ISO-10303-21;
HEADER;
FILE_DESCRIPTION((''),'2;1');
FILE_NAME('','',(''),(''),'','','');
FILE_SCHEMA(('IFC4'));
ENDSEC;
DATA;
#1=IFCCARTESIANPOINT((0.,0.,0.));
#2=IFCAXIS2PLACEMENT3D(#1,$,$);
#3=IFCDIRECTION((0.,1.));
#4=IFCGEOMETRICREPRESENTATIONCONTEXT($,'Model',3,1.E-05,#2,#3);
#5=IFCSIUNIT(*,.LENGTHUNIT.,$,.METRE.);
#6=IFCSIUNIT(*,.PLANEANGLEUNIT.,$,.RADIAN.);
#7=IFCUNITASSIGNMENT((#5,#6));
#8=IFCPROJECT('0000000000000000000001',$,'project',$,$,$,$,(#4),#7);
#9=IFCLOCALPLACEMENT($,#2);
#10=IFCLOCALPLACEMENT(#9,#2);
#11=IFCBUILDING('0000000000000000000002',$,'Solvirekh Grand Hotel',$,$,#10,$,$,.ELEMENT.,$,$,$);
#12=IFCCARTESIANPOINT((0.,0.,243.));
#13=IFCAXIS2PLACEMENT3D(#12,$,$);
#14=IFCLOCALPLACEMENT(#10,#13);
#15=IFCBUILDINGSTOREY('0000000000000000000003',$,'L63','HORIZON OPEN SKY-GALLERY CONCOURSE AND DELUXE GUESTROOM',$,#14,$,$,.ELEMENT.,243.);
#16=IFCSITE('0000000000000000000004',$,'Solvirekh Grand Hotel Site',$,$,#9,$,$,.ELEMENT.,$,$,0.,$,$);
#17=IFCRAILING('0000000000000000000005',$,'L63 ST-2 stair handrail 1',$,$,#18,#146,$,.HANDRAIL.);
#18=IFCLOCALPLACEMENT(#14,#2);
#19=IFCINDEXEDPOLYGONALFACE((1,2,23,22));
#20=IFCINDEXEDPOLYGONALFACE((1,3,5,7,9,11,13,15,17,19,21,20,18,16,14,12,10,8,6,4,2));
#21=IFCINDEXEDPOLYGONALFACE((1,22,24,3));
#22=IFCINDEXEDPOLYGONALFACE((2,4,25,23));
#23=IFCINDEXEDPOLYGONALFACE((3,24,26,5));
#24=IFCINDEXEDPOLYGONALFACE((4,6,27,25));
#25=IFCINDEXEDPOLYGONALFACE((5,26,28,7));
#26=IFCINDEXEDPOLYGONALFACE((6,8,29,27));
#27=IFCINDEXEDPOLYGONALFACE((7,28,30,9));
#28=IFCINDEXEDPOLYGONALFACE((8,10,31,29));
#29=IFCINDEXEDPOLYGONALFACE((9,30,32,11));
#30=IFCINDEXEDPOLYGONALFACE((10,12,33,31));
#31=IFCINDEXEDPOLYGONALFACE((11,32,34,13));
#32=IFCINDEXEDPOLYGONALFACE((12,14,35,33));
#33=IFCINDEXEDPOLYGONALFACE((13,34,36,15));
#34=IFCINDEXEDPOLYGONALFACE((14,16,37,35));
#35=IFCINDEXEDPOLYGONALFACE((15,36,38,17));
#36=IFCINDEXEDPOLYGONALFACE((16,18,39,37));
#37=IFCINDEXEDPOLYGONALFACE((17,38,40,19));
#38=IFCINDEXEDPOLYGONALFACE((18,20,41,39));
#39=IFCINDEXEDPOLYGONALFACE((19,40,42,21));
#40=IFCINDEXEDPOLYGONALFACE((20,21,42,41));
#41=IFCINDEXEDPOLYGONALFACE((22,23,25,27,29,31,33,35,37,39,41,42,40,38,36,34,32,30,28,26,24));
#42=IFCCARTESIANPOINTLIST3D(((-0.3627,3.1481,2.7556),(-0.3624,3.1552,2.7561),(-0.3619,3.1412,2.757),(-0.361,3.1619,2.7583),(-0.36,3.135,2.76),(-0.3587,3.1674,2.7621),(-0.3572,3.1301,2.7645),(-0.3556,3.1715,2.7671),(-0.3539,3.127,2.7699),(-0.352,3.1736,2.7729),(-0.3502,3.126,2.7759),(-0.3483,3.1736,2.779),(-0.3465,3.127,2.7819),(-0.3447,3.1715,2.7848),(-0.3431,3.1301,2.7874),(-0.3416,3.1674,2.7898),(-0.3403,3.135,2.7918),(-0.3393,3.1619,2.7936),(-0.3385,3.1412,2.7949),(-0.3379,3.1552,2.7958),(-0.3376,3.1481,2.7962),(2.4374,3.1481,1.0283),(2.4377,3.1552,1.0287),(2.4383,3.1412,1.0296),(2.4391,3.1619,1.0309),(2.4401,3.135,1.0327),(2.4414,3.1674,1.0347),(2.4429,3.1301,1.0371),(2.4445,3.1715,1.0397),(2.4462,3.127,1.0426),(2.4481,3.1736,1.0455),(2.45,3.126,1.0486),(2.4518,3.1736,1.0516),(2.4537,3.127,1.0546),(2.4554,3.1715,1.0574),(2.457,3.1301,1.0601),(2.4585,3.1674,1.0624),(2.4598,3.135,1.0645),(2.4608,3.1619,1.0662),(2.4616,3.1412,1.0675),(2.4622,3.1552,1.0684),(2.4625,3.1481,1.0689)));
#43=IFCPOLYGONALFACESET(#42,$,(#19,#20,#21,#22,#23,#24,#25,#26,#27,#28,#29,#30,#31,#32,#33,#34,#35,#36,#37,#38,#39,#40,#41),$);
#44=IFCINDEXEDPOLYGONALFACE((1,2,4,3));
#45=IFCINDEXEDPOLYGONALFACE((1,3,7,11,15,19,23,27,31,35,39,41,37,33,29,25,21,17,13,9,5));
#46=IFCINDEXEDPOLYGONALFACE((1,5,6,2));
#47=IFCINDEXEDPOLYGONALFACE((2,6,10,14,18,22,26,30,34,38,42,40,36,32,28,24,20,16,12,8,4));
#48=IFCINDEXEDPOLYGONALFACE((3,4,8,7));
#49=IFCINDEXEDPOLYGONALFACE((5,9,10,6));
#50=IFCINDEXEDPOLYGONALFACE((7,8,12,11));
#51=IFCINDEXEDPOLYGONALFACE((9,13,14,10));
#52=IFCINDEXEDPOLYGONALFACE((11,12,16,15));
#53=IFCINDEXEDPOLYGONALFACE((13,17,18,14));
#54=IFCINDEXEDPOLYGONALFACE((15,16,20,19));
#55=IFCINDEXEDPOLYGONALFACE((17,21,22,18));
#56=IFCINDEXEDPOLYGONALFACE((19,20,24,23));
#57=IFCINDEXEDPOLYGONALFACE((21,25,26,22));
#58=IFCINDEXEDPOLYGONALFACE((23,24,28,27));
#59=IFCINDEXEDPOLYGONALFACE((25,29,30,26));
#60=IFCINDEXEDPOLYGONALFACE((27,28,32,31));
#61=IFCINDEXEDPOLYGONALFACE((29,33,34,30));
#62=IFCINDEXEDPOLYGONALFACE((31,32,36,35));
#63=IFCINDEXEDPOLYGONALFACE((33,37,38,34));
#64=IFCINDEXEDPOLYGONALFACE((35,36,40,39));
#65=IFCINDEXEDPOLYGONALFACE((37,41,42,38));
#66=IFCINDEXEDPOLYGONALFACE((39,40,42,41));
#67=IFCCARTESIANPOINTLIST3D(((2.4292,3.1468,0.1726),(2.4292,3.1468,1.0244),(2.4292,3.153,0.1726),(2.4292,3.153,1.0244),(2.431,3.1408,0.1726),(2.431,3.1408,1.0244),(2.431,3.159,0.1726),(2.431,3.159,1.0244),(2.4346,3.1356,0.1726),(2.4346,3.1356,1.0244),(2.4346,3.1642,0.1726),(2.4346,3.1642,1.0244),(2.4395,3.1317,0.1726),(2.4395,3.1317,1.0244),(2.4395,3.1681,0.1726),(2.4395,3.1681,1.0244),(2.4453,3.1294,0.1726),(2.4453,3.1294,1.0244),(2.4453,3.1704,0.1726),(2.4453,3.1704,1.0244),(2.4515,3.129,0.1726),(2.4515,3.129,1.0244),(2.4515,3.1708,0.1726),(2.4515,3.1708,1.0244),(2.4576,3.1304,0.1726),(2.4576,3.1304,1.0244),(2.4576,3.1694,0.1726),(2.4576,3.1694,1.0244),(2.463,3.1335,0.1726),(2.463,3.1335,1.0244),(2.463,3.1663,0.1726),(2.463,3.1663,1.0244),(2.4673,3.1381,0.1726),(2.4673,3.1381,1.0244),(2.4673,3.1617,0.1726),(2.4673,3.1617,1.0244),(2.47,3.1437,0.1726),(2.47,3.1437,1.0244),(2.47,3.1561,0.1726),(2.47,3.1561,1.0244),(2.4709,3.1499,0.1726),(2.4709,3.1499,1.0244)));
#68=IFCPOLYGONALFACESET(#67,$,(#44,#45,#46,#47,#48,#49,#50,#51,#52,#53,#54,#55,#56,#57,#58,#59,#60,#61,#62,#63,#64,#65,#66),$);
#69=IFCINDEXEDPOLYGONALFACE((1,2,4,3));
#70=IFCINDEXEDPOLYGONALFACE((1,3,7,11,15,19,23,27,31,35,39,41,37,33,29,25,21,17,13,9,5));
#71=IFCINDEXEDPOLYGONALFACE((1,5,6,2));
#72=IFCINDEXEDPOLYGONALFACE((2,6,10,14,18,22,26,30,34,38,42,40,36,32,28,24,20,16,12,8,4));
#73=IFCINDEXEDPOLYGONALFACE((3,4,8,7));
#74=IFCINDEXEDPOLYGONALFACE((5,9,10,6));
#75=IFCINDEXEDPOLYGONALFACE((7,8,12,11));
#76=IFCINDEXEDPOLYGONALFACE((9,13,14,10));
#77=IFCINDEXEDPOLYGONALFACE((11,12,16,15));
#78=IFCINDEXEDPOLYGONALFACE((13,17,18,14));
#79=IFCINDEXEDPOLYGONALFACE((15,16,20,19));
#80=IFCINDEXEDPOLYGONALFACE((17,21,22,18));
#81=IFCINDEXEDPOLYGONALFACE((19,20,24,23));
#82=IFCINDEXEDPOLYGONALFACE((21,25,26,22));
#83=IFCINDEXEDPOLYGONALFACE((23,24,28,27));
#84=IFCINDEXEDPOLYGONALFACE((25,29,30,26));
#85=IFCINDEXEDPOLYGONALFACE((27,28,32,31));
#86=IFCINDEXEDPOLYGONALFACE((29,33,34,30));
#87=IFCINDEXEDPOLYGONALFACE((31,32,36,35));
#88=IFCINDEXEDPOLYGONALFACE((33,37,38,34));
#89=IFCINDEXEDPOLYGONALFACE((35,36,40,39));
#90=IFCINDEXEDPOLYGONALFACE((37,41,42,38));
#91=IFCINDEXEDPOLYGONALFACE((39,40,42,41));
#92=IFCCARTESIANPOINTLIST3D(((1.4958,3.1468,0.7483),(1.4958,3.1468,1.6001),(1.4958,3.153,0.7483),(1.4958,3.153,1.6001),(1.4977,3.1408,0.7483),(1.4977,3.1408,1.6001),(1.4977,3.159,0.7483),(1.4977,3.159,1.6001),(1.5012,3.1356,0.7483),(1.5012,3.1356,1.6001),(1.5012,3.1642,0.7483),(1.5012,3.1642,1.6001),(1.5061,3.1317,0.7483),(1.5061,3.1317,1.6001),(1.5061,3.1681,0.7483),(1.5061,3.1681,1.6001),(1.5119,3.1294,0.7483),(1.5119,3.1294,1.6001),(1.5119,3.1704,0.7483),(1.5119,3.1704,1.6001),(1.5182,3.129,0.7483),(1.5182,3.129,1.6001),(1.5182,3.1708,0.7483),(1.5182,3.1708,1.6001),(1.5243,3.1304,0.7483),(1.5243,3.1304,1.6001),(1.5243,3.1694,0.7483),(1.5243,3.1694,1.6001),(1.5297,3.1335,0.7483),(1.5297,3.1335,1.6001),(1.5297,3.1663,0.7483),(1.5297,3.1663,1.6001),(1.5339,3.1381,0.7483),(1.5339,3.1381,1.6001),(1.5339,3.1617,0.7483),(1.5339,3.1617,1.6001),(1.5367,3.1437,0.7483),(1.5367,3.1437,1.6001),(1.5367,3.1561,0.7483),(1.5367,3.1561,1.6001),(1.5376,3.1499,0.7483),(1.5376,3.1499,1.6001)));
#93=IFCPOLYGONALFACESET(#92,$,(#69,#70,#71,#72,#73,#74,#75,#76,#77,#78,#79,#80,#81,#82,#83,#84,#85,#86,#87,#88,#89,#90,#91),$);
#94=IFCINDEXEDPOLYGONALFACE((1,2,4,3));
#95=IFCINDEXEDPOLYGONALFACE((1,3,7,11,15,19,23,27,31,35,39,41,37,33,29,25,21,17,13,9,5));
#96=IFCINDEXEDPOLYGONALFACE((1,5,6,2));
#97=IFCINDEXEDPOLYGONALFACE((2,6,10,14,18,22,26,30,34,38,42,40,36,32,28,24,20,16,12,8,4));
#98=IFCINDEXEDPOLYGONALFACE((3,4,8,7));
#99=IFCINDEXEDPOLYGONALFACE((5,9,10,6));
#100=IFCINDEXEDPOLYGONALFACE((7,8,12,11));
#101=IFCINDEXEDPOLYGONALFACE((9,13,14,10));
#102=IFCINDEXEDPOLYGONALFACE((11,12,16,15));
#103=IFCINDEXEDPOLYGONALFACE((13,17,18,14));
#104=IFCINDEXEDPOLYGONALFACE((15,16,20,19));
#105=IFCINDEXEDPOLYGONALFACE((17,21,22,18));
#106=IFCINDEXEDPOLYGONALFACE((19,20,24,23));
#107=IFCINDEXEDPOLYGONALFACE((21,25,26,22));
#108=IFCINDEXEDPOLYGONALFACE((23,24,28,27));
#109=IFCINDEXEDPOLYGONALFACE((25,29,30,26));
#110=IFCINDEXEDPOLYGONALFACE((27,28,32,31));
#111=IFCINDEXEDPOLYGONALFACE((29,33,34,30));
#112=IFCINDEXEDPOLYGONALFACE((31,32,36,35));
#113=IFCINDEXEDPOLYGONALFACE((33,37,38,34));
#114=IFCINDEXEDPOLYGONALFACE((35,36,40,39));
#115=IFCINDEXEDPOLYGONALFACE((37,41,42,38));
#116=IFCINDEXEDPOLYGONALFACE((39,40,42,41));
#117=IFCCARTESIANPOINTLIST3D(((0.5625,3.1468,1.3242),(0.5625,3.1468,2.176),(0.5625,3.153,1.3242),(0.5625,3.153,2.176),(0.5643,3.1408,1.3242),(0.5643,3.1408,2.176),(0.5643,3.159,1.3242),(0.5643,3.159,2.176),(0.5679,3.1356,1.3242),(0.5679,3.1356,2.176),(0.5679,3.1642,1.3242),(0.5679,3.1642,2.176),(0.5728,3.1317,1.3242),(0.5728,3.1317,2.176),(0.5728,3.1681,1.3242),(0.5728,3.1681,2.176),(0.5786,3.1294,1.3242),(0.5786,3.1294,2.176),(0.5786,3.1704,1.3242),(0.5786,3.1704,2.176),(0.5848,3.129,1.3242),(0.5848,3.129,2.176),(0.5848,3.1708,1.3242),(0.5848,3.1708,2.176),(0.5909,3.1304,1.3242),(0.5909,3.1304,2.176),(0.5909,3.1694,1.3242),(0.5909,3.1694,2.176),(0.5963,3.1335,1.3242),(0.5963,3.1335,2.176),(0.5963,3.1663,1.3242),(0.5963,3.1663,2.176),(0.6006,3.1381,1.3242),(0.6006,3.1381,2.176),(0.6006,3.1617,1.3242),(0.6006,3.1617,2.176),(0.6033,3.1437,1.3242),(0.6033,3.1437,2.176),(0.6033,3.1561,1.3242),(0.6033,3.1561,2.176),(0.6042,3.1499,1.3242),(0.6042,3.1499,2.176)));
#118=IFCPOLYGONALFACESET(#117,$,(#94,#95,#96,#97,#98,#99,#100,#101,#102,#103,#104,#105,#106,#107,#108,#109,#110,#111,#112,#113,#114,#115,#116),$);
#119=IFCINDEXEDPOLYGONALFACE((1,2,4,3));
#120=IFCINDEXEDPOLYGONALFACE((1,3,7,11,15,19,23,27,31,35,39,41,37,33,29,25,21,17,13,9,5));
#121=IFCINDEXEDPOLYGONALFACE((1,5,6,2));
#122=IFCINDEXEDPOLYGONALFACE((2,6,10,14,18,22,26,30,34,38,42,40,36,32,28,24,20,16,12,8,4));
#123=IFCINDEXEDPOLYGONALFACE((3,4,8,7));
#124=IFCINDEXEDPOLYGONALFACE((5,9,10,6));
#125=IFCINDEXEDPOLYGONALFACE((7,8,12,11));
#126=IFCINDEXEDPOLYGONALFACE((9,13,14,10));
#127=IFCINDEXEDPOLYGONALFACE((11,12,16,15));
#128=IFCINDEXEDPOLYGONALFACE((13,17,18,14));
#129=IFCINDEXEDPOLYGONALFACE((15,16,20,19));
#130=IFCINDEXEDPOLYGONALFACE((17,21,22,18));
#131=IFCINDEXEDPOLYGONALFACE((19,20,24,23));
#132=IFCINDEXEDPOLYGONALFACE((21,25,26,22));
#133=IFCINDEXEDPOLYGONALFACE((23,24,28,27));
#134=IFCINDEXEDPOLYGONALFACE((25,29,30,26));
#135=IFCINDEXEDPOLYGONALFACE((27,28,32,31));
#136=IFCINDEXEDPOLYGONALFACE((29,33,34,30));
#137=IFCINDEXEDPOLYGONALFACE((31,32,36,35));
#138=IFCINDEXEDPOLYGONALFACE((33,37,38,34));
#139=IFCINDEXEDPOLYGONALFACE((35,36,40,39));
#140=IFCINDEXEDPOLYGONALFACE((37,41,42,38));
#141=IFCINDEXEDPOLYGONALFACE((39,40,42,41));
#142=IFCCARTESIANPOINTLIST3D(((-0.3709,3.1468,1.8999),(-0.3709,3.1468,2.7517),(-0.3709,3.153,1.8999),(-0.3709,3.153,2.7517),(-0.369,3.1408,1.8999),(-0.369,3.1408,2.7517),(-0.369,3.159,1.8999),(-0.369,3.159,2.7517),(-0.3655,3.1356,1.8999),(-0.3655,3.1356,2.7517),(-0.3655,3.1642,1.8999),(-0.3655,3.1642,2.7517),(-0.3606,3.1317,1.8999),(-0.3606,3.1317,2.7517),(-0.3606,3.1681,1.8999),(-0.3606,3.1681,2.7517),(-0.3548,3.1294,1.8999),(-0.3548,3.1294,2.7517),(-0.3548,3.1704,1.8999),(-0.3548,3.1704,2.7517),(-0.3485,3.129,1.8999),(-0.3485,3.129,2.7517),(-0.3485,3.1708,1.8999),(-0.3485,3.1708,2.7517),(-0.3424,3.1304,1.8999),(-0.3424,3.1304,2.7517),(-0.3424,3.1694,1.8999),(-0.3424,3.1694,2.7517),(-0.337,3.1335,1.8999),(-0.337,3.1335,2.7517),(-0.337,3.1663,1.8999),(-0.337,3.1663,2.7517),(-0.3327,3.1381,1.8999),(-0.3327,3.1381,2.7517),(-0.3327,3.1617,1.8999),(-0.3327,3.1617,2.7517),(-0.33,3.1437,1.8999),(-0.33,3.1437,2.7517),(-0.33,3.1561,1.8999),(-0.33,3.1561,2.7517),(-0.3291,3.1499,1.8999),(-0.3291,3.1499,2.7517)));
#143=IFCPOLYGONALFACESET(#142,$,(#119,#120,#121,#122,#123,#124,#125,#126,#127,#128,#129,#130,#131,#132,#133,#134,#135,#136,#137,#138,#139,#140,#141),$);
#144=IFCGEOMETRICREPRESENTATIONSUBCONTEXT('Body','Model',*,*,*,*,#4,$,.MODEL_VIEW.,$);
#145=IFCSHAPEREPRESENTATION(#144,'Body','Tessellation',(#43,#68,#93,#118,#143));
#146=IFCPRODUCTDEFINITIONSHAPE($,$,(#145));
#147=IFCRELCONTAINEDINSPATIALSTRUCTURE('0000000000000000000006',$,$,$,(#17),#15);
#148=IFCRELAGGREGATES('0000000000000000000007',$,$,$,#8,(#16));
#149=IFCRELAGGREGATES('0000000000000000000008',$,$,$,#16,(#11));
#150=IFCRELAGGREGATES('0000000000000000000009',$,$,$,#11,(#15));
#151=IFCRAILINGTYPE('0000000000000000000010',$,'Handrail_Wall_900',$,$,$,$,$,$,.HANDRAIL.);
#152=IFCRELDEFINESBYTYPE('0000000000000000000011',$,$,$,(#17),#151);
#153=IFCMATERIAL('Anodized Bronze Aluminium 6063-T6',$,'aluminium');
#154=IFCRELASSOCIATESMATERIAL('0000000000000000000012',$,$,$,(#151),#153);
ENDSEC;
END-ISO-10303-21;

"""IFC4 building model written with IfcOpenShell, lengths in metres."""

from ifc_helpers import new_model, si_unit, direction, frame, origin, origin_2d, place, context, subcontext, project, spatial, circle, extrude, material, type_object, element, save


model = new_model("IFC4")

# Units and contexts
model_context = context("Model", 3, precision=1e-05, world=origin(), true_north=direction((0.0, 1.0)))
body_context = subcontext(model_context, "Body", "Model", "MODEL_VIEW")
ifc_project = project(units=[si_unit("LENGTHUNIT", "METRE"), si_unit("PLANEANGLEUNIT", "RADIAN")], contexts=[model_context])

# Site, building, storey
site_placement = place(None, origin())
site = spatial("IfcSite", under=ifc_project, at=site_placement, Name="Solvirekh Grand Hotel Site", CompositionType="ELEMENT", RefElevation=0.0)
building_placement = place(site_placement, origin())
building = spatial("IfcBuilding", under=site, at=building_placement, Name="Solvirekh Grand Hotel", CompositionType="ELEMENT")
storey_placement = place(building_placement, frame((0.0, 0.0, 243.0)))
storey = spatial("IfcBuildingStorey", under=building, at=storey_placement, Name="L63", Description="HORIZON OPEN SKY-GALLERY CONCOURSE AND DELUXE GUESTROOM", CompositionType="ELEMENT", Elevation=243.0)

# Shared definitions
ifc_material_1 = material(Name="Anodized Bronze Aluminium 6063-T6", Category="aluminium")

# Railing
railing_type_1 = type_object("IfcRailingType", Name="Handrail_Wall_900", PredefinedType="HANDRAIL", material=ifc_material_1)
railing_1_placement = place(storey_placement, frame((2.45, 3.1499, 0.1726)))
element("IfcRailing", 1, at=railing_1_placement, inside=storey, type_object=railing_type_1, Name="L63 ST-2 stair handrail 1", PredefinedType="HANDRAIL", context=body_context, shape_type="SweptSolid", body=[
    extrude(circle(Radius=0.0239, at=origin_2d()), frame((0.0, 0.0, 0.876), z_axis=(-0.85109, 0.0, 0.52502), x_axis=(0.0, -1.0, 0.0)), (0.0, 0.0, 1.0), 3.29),
    extrude(circle(Radius=0.021, at=origin_2d()), origin(), (0.0, 0.0, 1.0), 0.8518),
    extrude(circle(Radius=0.021, at=origin_2d()), frame((-0.9333, 0.0, 0.5757)), (0.0, 0.0, 1.0), 0.8518),
    extrude(circle(Radius=0.021, at=origin_2d()), frame((-1.8667, 0.0, 1.1516)), (0.0, 0.0, 1.0), 0.8518),
    extrude(circle(Radius=0.021, at=origin_2d()), frame((-2.8, 0.0, 1.7273)), (0.0, 0.0, 1.0), 0.8518),
])

save(model, "model.ifc")
